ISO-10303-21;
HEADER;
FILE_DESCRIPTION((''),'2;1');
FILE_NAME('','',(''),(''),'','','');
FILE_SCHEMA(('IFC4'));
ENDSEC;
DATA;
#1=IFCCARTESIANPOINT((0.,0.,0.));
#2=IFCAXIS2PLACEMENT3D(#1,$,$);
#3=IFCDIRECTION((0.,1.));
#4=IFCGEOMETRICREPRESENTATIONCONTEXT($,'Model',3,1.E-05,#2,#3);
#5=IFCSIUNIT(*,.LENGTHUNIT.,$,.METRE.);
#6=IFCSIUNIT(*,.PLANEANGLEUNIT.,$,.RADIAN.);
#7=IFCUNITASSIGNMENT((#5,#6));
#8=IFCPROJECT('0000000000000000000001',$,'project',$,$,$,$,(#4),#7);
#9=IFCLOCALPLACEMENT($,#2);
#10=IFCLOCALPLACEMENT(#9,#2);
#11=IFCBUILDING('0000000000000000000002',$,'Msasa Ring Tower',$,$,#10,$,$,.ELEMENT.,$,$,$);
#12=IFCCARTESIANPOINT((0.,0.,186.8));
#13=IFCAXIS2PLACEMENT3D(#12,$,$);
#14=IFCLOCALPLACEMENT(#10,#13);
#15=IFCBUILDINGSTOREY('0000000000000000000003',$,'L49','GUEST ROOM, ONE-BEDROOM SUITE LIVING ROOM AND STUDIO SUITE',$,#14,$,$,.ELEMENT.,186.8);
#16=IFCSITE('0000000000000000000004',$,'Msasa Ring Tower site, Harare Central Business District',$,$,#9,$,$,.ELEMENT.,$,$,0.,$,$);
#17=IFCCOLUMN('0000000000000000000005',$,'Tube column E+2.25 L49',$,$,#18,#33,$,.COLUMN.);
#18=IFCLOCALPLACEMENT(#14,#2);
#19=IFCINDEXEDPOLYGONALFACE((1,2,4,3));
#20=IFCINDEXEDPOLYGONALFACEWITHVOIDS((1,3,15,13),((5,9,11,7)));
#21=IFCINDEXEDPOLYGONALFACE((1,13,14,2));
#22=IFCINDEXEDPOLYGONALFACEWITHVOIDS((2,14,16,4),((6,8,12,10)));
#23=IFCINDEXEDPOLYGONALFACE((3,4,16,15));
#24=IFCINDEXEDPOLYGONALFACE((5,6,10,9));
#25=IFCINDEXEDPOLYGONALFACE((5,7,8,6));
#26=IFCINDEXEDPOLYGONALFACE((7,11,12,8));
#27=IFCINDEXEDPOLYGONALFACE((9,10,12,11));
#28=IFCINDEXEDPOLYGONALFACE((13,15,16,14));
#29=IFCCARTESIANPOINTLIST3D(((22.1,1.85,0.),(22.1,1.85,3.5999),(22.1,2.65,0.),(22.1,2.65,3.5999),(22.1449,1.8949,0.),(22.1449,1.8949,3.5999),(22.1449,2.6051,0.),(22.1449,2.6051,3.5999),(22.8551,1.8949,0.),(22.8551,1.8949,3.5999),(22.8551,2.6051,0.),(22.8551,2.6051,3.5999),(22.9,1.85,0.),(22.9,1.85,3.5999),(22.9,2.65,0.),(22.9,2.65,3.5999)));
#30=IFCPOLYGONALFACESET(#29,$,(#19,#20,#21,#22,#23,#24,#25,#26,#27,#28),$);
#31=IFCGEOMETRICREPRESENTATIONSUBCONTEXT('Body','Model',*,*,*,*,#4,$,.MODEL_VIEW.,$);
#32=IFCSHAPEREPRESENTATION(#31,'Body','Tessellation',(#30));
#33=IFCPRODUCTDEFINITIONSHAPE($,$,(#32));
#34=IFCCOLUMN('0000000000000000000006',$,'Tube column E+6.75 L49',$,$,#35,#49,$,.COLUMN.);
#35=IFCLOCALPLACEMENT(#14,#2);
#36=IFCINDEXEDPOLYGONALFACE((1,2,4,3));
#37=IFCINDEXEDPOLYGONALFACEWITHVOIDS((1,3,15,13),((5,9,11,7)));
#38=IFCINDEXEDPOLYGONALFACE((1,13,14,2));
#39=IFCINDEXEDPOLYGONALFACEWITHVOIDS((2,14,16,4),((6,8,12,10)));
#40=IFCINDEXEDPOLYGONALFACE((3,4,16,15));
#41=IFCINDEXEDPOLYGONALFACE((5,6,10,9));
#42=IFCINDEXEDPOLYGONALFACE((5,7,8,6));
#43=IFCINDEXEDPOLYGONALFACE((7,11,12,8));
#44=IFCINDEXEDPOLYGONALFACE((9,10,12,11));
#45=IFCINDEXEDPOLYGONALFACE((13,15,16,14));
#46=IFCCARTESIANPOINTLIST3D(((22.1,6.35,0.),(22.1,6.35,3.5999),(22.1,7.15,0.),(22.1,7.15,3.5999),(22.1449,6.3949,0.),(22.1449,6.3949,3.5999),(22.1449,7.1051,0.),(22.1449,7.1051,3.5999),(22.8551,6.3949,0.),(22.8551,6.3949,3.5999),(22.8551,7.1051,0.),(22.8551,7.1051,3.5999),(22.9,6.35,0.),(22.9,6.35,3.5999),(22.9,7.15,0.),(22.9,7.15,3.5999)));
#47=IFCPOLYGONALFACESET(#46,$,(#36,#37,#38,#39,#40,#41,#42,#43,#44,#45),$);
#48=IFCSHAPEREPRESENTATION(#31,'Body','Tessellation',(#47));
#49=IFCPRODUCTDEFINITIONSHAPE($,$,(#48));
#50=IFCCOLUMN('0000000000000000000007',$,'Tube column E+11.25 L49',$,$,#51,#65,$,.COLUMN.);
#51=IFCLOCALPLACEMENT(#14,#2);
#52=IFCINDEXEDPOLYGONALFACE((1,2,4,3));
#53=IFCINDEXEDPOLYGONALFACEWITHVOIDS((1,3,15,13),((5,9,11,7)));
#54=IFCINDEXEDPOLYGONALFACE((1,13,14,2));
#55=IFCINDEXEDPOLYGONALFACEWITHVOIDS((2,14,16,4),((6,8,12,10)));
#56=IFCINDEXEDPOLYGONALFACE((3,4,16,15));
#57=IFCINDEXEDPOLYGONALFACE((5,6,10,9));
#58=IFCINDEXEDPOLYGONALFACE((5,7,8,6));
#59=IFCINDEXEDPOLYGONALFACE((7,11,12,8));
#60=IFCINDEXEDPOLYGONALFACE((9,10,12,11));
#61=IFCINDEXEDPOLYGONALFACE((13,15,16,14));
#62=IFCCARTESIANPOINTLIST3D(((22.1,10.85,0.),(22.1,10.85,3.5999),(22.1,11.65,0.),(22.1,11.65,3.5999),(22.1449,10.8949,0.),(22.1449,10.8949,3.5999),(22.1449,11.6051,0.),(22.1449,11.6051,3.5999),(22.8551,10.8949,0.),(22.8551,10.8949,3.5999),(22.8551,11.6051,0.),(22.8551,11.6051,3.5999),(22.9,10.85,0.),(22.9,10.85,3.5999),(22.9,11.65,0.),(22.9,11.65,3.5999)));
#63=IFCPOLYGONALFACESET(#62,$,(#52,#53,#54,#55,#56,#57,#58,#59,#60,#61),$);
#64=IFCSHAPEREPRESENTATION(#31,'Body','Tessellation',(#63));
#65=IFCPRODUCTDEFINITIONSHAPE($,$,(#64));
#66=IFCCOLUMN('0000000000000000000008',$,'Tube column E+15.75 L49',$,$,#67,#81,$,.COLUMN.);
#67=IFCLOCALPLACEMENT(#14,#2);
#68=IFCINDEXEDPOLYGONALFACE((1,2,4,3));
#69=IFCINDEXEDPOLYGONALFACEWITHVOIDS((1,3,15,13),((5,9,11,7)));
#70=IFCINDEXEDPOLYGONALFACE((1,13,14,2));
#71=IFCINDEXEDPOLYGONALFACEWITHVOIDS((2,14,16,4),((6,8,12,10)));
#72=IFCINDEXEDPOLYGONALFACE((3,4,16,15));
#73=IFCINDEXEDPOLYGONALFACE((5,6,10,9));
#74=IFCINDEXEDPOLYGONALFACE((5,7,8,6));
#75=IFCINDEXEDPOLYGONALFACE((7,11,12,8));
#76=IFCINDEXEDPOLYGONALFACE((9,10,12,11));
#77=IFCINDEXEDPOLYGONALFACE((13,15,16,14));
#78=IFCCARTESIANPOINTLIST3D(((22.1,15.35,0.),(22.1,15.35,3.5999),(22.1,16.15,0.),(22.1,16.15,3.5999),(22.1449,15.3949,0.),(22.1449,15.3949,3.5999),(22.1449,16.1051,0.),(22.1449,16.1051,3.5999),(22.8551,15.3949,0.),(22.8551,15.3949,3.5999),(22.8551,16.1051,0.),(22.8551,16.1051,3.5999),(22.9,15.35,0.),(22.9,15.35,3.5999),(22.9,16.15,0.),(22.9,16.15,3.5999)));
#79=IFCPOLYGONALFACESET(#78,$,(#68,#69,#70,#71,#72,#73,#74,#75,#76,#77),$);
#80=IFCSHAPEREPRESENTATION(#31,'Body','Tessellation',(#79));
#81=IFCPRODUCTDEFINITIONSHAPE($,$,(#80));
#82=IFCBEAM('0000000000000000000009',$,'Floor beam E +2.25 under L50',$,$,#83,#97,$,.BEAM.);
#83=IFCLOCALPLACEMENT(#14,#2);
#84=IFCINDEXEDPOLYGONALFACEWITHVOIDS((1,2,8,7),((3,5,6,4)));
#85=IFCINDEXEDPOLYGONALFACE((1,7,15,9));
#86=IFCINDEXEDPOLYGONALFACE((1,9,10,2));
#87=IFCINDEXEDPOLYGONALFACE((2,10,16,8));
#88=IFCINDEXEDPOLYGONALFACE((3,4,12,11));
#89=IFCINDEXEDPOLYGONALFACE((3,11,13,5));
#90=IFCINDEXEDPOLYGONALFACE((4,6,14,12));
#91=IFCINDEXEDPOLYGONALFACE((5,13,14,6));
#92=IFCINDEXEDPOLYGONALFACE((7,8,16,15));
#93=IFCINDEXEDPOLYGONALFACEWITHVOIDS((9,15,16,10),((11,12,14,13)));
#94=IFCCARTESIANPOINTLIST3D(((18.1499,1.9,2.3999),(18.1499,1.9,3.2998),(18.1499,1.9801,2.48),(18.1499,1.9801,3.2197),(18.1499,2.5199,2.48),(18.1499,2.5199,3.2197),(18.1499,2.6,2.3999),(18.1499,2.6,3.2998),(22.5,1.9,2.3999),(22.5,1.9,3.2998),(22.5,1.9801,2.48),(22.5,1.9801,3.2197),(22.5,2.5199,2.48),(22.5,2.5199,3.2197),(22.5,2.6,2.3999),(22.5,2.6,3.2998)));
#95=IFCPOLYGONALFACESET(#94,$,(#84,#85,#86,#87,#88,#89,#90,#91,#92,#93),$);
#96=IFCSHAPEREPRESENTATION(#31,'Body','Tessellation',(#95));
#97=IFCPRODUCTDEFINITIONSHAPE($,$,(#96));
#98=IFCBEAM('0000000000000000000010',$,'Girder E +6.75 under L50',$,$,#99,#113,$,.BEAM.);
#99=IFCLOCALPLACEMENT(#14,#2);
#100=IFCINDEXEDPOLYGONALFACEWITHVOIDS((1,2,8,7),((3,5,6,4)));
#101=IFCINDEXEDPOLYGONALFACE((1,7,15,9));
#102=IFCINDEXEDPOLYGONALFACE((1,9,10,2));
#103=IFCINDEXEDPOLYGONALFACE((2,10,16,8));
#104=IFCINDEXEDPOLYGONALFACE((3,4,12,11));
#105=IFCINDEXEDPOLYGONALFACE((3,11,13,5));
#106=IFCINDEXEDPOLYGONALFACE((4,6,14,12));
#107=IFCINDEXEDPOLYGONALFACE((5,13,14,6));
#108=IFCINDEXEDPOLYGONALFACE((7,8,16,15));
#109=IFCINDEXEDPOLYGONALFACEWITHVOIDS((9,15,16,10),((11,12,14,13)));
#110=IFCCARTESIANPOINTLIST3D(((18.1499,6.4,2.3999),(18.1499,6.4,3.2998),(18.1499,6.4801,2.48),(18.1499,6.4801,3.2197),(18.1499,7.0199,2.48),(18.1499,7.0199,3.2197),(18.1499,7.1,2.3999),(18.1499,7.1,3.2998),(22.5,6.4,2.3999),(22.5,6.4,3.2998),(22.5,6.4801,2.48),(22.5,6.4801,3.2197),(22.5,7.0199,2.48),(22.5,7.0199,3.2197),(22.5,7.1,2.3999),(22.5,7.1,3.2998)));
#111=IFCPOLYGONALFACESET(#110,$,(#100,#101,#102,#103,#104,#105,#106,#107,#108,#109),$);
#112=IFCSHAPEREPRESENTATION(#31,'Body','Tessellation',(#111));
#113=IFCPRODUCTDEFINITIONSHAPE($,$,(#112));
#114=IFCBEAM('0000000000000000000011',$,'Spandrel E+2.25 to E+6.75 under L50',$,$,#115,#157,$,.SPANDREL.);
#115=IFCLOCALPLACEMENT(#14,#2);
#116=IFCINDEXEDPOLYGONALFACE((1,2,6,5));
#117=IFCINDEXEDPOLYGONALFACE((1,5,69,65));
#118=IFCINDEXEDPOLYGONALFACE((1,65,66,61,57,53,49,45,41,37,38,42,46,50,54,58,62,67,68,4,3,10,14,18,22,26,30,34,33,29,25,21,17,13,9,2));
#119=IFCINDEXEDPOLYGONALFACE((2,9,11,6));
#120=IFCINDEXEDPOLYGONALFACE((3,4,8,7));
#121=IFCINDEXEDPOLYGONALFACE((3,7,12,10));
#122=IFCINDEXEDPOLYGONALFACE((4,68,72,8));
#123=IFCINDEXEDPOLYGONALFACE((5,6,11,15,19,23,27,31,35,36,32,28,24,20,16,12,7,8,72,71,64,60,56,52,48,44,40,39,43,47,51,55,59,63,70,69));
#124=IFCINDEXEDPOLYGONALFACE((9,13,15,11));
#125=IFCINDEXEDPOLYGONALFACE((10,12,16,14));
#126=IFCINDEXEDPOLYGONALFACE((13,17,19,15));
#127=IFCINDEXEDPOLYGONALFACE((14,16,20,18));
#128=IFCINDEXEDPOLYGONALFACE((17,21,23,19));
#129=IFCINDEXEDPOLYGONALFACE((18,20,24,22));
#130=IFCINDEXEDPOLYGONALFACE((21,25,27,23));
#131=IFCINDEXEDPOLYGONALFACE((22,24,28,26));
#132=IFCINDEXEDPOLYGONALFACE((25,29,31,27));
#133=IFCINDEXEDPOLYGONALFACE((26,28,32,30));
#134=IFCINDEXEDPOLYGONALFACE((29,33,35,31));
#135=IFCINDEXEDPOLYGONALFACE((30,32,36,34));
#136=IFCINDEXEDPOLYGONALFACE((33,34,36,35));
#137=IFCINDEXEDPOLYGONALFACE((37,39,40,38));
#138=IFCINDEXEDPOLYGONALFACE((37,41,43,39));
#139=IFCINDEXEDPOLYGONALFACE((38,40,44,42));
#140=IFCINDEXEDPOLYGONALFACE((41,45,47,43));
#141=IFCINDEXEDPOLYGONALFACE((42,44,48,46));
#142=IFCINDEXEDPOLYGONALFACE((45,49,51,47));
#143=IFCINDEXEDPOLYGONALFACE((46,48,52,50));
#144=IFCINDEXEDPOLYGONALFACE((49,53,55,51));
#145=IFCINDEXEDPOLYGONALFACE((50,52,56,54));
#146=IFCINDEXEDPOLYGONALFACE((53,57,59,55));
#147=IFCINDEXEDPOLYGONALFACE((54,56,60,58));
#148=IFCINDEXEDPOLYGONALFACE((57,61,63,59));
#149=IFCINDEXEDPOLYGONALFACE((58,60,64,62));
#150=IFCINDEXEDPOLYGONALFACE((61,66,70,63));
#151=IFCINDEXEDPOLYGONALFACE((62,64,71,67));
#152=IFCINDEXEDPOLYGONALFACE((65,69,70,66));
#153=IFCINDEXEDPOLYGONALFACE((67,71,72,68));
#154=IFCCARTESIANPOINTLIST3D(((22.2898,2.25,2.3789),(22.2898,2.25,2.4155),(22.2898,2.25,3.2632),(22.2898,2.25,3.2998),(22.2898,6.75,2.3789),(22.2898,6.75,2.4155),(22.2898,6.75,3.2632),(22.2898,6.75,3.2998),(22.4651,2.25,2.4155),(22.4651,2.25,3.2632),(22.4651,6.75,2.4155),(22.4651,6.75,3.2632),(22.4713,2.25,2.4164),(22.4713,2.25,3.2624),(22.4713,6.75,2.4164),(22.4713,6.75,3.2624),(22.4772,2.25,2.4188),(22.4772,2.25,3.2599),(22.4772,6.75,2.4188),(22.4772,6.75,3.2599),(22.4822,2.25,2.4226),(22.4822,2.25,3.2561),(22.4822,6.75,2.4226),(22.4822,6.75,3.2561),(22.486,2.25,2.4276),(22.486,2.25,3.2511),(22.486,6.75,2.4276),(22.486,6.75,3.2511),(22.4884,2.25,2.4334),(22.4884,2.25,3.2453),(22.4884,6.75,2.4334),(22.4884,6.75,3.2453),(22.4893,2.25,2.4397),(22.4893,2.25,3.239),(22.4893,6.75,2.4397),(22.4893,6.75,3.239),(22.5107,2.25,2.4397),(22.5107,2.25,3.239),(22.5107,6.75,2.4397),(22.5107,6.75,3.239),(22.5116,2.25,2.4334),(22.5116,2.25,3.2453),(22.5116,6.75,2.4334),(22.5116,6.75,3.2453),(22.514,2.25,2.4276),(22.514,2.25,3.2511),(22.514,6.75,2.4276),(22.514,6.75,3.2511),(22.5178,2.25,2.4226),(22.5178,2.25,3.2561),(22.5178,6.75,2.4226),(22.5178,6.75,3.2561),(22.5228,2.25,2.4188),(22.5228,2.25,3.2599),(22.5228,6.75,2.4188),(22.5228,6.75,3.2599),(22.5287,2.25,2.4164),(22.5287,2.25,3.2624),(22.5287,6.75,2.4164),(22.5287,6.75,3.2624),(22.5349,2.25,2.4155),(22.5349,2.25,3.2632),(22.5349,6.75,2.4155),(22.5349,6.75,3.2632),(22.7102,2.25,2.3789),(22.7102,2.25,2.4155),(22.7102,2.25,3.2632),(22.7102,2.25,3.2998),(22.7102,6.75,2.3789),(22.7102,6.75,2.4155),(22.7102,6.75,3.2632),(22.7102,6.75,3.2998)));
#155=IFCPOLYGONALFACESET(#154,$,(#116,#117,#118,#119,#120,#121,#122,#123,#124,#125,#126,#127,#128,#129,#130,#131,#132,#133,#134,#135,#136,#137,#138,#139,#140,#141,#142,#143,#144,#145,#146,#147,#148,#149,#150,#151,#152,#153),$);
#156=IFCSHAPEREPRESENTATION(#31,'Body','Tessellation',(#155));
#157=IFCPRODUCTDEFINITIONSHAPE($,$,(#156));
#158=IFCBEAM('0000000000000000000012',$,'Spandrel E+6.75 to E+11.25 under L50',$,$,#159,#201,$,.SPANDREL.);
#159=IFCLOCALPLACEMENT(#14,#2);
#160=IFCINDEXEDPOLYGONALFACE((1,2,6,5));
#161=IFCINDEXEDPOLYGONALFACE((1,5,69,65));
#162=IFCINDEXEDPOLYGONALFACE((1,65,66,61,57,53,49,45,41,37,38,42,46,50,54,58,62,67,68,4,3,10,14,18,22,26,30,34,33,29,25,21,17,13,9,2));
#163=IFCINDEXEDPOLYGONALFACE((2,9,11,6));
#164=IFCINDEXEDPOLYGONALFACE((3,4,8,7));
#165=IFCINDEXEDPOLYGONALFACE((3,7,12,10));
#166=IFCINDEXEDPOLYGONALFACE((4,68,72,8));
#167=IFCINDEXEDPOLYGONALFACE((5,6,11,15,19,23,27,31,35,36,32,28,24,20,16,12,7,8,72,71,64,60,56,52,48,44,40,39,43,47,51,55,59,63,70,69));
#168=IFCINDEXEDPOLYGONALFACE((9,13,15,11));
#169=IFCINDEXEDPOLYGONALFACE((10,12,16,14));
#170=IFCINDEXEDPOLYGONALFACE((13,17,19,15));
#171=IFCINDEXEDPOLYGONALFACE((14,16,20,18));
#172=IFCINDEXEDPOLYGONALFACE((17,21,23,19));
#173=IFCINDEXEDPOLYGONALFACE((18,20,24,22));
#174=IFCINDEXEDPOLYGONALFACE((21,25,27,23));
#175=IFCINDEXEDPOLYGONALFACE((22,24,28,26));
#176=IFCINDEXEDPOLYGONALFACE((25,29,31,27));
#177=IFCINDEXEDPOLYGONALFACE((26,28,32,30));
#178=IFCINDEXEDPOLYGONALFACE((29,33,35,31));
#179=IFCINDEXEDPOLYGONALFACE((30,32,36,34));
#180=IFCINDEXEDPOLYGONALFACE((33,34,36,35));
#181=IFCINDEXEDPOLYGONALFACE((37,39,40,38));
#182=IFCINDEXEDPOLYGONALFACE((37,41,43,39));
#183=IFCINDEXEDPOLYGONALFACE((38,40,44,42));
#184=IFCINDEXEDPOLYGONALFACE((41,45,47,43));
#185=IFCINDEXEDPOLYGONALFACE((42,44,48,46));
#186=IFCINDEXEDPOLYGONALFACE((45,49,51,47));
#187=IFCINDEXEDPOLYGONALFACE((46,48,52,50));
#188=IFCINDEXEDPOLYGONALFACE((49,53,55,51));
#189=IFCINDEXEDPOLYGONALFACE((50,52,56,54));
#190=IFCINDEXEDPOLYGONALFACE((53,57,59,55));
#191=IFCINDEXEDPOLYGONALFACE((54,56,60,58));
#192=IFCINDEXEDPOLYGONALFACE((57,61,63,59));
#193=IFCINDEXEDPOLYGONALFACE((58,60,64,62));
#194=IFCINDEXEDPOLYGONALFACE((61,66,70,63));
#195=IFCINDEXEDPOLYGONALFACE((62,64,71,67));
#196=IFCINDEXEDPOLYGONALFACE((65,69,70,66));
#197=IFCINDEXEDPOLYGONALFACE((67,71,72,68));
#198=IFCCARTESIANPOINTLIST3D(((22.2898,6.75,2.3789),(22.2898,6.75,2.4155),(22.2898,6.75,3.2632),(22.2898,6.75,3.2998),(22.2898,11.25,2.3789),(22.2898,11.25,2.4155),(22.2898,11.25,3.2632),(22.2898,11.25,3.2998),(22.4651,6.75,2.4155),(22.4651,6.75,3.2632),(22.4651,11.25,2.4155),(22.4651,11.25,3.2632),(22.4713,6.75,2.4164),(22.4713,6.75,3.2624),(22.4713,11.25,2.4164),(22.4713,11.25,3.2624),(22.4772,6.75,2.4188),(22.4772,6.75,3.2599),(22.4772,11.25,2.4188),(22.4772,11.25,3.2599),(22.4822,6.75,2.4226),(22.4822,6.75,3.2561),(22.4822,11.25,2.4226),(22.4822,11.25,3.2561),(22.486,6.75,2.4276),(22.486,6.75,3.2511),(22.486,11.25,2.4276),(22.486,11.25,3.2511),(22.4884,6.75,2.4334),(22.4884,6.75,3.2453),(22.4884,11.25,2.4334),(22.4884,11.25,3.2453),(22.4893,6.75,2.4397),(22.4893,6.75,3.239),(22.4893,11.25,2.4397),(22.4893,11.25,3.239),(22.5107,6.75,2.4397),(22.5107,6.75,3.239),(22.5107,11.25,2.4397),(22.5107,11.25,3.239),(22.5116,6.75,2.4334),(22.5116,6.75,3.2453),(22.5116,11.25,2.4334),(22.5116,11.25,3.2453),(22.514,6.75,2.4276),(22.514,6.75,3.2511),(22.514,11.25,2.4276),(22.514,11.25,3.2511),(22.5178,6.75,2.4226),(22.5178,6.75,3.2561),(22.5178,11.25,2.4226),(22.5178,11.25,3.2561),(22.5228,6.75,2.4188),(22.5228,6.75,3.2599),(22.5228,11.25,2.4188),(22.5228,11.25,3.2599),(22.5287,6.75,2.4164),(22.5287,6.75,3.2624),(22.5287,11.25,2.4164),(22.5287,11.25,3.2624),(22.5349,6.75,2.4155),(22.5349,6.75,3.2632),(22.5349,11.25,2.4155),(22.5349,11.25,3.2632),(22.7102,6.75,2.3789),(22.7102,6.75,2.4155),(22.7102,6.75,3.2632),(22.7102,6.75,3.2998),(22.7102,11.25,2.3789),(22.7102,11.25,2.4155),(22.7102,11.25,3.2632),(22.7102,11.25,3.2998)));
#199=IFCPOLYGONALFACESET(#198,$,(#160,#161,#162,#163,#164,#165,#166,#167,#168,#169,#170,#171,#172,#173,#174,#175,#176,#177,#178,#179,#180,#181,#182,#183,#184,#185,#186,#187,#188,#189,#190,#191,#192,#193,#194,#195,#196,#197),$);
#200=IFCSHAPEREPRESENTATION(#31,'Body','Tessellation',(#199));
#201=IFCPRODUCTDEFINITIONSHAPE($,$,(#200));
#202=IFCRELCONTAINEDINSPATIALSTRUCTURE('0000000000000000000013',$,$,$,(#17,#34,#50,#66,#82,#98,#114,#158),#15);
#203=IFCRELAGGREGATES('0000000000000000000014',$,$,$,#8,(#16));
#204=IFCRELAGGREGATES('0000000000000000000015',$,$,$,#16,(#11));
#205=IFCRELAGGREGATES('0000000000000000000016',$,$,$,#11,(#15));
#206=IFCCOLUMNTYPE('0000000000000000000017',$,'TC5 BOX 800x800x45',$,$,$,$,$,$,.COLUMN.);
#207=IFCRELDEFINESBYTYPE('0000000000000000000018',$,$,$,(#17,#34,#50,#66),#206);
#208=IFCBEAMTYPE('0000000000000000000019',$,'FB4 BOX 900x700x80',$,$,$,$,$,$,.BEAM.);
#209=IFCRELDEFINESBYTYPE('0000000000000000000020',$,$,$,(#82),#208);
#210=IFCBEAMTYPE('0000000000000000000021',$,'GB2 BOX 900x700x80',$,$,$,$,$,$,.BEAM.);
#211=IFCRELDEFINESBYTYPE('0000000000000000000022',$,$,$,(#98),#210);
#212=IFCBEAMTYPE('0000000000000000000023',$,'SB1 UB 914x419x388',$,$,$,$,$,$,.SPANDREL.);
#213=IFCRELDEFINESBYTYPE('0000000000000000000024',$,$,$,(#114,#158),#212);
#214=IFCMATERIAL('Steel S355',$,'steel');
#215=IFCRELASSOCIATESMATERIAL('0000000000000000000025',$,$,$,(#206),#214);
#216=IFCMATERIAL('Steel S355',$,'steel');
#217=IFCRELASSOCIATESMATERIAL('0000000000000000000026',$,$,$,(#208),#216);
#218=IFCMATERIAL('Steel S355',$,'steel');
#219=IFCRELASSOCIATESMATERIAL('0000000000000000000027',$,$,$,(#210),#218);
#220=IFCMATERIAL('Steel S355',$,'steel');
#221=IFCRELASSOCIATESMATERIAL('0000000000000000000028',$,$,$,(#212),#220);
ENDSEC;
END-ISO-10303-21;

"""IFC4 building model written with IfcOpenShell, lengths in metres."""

from ifc_helpers import new_model, si_unit, direction, frame, origin, origin_2d, place, context, subcontext, project, spatial, hollow_rectangle, i_section, extrude, material, material_profile, profile_set, type_object, element, save


model = new_model("IFC4")

# Units and contexts
model_context = context("Model", 3, precision=1e-05, world=origin(), true_north=direction((0.0, 1.0)))
body_context = subcontext(model_context, "Body", "Model", "MODEL_VIEW")
ifc_project = project(units=[si_unit("LENGTHUNIT", "METRE"), si_unit("PLANEANGLEUNIT", "RADIAN")], contexts=[model_context])

# Site, building, storey
site_placement = place(None, origin())
site = spatial("IfcSite", under=ifc_project, at=site_placement, Name="Msasa Ring Tower site, Harare Central Business District", CompositionType="ELEMENT", RefElevation=0.0)
building_placement = place(site_placement, origin())
building = spatial("IfcBuilding", under=site, at=building_placement, Name="Msasa Ring Tower", CompositionType="ELEMENT")
storey_placement = place(building_placement, frame((0.0, 0.0, 186.8)))
storey = spatial("IfcBuildingStorey", under=building, at=storey_placement, Name="L49", Description="GUEST ROOM, ONE-BEDROOM SUITE LIVING ROOM AND STUDIO SUITE", CompositionType="ELEMENT", Elevation=186.8)

# Columns
ifc_material_1 = material(Name="Steel S355", Category="steel")
ifc_material_profile_1 = material_profile(ifc_material_1, hollow_rectangle(XDim=0.8, YDim=0.8, WallThickness=0.0449, at=origin_2d()), Name="BOX 800x800x45")
ifc_profile_set_1 = profile_set([ifc_material_profile_1], Name="Steel S355")
column_type = type_object("IfcColumnType", Name="TC5 BOX 800x800x45", PredefinedType="COLUMN", material=ifc_profile_set_1)
for number, where, z_axis, x_axis, name in (
    (1, (22.5, 2.25, 0.0), (0.0, 0.0, 1.0), (1.0, 0.0, 0.0), "Tube column E+2.25 L49"),
    (2, (22.5, 6.75, 0.0), (0.0, 0.0, 1.0), (1.0, 0.0, 0.0), "Tube column E+6.75 L49"),
    (3, (22.5, 11.25, 0.0), (0.0, 0.0, 1.0), (1.0, 0.0, 0.0), "Tube column E+11.25 L49"),
    (4, (22.5, 15.75, 0.0), (0.0, 0.0, 1.0), (1.0, 0.0, 0.0), "Tube column E+15.75 L49"),
):
    element("IfcColumn", number, at=place(storey_placement, frame(where, z_axis=z_axis, x_axis=x_axis)), inside=storey, type_object=column_type, Name=name, PredefinedType="COLUMN", context=body_context, shape_type="SweptSolid", body=[
        extrude(hollow_rectangle(XDim=0.8, YDim=0.8, WallThickness=0.0449, at=origin_2d()), origin(), (0.0, 0.0, 1.0), 3.5999),
    ])

# Beams
ifc_material_2 = material(Name="Steel S355", Category="steel")
ifc_material_profile_2 = material_profile(ifc_material_2, hollow_rectangle(XDim=0.7, YDim=0.8999, WallThickness=0.0801, at=origin_2d()), Name="BOX 900x700x80")
ifc_profile_set_2 = profile_set([ifc_material_profile_2], Name="Steel S355")
beam_type_1 = type_object("IfcBeamType", Name="FB4 BOX 900x700x80", PredefinedType="BEAM", material=ifc_profile_set_2)
beam_1_placement = place(storey_placement, frame((22.5, 2.25, 2.8499), z_axis=(-1.0, 0.0, 0.0), x_axis=(0.0, -1.0, 0.0)))
element("IfcBeam", 5, at=beam_1_placement, inside=storey, type_object=beam_type_1, Name="Floor beam E +2.25 under L50", PredefinedType="BEAM", context=body_context, shape_type="SweptSolid", body=[
    extrude(hollow_rectangle(XDim=0.7, YDim=0.8999, WallThickness=0.0801, at=origin_2d()), origin(), (0.0, 0.0, 1.0), 4.3501),
])
ifc_material_3 = material(Name="Steel S355", Category="steel")
ifc_material_profile_3 = material_profile(ifc_material_3, hollow_rectangle(XDim=0.7, YDim=0.8999, WallThickness=0.0801, at=origin_2d()), Name="BOX 900x700x80")
ifc_profile_set_3 = profile_set([ifc_material_profile_3], Name="Steel S355")
beam_type_2 = type_object("IfcBeamType", Name="GB2 BOX 900x700x80", PredefinedType="BEAM", material=ifc_profile_set_3)
beam_2_placement = place(storey_placement, frame((18.1499, 6.75, 2.8499), z_axis=(1.0, 0.0, 0.0), x_axis=(0.0, 1.0, 0.0)))
element("IfcBeam", 6, at=beam_2_placement, inside=storey, type_object=beam_type_2, Name="Girder E +6.75 under L50", PredefinedType="BEAM", context=body_context, shape_type="SweptSolid", body=[
    extrude(hollow_rectangle(XDim=0.7, YDim=0.8999, WallThickness=0.0801, at=origin_2d()), origin(), (0.0, 0.0, 1.0), 4.3501),
])
ifc_material_4 = material(Name="Steel S355", Category="steel")
ifc_material_profile_4 = material_profile(ifc_material_4, i_section(OverallWidth=0.4204, OverallDepth=0.9209, WebThickness=0.0215, FlangeThickness=0.0366, FilletRadius=0.0242, at=origin_2d()), Name="UB 914x419x388")
ifc_profile_set_4 = profile_set([ifc_material_profile_4], Name="Steel S355")
beam_type_3 = type_object("IfcBeamType", Name="SB1 UB 914x419x388", PredefinedType="SPANDREL", material=ifc_profile_set_4)
for number, where, z_axis, x_axis, name in (
    (7, (22.5, 2.25, 2.8394), (0.0, 1.0, 0.0), (-1.0, 0.0, 0.0), "Spandrel E+2.25 to E+6.75 under L50"),
    (8, (22.5, 6.75, 2.8394), (0.0, 1.0, 0.0), (-1.0, 0.0, 0.0), "Spandrel E+6.75 to E+11.25 under L50"),
):
    element("IfcBeam", number, at=place(storey_placement, frame(where, z_axis=z_axis, x_axis=x_axis)), inside=storey, type_object=beam_type_3, Name=name, PredefinedType="SPANDREL", context=body_context, shape_type="SweptSolid", body=[
        extrude(i_section(OverallWidth=0.4204, OverallDepth=0.9209, WebThickness=0.0215, FlangeThickness=0.0366, FilletRadius=0.0242, at=origin_2d()), origin(), (0.0, 0.0, 1.0), 4.5),
    ])

save(model, "model.ifc")
